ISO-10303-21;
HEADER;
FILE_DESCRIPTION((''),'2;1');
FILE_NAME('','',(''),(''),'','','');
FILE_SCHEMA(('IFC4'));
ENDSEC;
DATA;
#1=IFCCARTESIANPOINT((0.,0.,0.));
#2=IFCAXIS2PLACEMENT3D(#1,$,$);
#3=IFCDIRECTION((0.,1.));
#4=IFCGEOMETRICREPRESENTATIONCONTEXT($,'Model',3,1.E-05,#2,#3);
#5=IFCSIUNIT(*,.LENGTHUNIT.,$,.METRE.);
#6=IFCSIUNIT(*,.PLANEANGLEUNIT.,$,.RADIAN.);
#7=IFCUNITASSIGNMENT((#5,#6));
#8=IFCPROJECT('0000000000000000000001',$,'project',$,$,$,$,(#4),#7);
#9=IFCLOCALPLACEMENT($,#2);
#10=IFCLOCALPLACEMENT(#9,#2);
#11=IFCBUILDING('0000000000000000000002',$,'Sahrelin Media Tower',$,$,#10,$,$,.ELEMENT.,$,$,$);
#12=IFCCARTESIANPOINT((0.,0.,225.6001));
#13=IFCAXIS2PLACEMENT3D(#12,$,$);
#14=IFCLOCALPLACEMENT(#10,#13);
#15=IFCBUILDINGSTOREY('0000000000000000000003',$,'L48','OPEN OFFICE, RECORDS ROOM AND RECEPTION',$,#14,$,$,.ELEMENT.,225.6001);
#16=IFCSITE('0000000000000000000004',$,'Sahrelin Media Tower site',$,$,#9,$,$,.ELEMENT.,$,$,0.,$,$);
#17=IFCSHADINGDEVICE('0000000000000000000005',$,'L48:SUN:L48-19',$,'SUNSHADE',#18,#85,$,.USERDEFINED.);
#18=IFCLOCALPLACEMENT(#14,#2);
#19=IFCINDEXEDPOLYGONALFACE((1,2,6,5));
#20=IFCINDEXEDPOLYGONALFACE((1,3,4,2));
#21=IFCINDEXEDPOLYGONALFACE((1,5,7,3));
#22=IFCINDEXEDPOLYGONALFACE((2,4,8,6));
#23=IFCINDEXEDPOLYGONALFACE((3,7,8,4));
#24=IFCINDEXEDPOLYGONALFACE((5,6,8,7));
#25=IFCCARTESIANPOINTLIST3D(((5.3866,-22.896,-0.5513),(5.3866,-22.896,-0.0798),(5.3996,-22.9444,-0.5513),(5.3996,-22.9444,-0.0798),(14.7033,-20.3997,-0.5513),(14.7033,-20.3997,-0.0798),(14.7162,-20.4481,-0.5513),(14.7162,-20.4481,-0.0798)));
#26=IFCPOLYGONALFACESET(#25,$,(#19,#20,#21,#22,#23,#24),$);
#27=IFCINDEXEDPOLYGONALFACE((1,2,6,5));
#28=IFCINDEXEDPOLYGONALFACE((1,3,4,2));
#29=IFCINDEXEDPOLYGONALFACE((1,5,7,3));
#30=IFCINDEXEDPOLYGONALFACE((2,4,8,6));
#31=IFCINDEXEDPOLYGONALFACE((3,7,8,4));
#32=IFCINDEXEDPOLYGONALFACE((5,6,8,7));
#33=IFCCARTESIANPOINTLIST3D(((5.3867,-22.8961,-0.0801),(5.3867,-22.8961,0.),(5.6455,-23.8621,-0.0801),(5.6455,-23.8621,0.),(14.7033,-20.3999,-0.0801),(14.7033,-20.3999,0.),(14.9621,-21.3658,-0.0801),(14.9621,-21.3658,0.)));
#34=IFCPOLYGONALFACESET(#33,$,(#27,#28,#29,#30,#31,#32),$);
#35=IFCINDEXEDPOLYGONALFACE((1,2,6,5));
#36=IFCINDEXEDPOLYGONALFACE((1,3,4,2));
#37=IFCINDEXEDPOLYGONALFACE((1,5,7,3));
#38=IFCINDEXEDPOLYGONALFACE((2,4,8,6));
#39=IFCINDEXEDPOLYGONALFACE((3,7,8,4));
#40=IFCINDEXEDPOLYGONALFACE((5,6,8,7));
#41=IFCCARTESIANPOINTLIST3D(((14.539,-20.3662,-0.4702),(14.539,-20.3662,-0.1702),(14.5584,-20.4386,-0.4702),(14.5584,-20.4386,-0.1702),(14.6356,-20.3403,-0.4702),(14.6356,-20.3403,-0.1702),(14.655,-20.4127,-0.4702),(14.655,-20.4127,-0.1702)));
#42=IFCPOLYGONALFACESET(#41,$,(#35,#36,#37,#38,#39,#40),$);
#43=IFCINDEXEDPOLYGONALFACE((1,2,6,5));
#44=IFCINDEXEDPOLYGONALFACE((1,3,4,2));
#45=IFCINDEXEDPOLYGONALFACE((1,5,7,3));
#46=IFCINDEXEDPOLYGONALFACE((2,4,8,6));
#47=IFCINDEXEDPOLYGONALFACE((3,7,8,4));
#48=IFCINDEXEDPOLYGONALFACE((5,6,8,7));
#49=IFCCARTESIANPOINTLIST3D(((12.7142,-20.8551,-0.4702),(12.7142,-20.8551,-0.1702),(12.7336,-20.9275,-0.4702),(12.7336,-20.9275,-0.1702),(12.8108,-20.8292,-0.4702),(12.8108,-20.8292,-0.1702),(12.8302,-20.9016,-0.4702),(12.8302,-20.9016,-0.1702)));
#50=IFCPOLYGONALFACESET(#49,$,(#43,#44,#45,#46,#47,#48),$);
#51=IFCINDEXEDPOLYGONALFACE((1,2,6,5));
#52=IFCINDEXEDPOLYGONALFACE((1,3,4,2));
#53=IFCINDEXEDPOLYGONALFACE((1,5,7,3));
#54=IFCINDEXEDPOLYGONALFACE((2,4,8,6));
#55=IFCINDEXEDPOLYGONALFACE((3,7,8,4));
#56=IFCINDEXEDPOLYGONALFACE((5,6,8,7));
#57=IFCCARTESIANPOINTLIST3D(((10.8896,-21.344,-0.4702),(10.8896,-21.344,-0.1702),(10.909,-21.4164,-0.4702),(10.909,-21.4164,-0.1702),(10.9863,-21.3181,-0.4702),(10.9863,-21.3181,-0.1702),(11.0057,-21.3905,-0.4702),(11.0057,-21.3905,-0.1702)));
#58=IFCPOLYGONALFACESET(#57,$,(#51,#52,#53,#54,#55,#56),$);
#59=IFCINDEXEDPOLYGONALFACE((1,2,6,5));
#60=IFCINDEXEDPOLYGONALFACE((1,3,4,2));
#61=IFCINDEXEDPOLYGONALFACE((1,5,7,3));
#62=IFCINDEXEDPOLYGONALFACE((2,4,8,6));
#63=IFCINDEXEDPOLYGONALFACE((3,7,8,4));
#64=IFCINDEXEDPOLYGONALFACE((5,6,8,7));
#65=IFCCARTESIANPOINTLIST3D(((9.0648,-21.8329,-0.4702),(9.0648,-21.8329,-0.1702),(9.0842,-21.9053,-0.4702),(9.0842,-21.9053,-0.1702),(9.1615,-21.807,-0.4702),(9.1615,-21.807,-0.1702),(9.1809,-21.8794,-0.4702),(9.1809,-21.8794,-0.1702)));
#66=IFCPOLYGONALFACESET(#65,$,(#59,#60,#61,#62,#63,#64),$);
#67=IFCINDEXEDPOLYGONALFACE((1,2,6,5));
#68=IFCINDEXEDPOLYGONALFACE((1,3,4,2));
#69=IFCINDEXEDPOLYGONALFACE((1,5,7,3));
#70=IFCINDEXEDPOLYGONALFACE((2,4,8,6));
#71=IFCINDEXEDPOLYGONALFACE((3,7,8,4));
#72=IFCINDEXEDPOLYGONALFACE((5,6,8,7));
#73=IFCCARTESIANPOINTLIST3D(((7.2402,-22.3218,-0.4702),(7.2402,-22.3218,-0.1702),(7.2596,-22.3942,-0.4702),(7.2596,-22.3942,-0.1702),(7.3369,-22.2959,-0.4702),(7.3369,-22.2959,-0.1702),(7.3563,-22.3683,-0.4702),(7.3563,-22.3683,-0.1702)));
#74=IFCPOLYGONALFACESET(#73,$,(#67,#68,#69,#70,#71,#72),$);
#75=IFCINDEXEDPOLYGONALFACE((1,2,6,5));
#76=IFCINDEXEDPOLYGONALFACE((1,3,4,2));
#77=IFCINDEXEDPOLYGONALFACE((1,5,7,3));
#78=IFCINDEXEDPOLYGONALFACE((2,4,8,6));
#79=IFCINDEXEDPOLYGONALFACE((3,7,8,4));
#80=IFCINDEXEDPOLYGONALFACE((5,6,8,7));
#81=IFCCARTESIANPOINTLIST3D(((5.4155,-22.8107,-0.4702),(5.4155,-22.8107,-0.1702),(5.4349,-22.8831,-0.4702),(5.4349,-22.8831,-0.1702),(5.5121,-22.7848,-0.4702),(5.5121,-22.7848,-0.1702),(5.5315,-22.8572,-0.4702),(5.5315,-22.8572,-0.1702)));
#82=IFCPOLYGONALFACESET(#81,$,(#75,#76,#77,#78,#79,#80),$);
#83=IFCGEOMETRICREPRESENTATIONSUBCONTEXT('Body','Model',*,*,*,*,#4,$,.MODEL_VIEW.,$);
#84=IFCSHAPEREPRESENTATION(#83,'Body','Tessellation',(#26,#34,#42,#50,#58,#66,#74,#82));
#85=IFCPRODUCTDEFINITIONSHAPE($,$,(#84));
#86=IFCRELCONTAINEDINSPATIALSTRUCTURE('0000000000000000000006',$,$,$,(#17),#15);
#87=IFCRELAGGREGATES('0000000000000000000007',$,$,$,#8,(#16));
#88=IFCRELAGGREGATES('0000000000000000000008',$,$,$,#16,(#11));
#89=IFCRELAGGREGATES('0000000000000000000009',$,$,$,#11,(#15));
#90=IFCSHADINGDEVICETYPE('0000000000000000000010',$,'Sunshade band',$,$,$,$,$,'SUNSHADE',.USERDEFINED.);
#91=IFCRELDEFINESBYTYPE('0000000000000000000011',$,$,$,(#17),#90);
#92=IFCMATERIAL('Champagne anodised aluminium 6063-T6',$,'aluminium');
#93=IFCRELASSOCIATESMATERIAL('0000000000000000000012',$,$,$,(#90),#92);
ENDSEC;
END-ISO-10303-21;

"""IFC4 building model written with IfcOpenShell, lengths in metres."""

from ifc_helpers import new_model, si_unit, direction, frame, origin, origin_2d, place, context, subcontext, project, spatial, rectangle, extrude, material, type_object, element, save


model = new_model("IFC4")

# Units and contexts
model_context = context("Model", 3, precision=1e-05, world=origin(), true_north=direction((0.0, 1.0)))
body_context = subcontext(model_context, "Body", "Model", "MODEL_VIEW")
ifc_project = project(units=[si_unit("LENGTHUNIT", "METRE"), si_unit("PLANEANGLEUNIT", "RADIAN")], contexts=[model_context])

# Site, building, storey
site_placement = place(None, origin())
site = spatial("IfcSite", under=ifc_project, at=site_placement, Name="Sahrelin Media Tower site", CompositionType="ELEMENT", RefElevation=0.0)
building_placement = place(site_placement, origin())
building = spatial("IfcBuilding", under=site, at=building_placement, Name="Sahrelin Media Tower", CompositionType="ELEMENT")
storey_placement = place(building_placement, frame((0.0, 0.0, 225.6001)))
storey = spatial("IfcBuildingStorey", under=building, at=storey_placement, Name="L48", Description="OPEN OFFICE, RECORDS ROOM AND RECEPTION", CompositionType="ELEMENT", Elevation=225.6001)

# Shared definitions
ifc_material_1 = material(Name="Champagne anodised aluminium 6063-T6", Category="aluminium")

# Shading device
placement = place(storey_placement, frame((10.0398, -21.6287, 0.0), z_axis=(0.0, 0.0, 1.0), x_axis=(-0.965929, -0.258808, 0.0)))
shading_device_type_1 = type_object("IfcShadingDeviceType", Name="Sunshade band", ElementType="SUNSHADE", PredefinedType="USERDEFINED", material=ifc_material_1)
element("IfcShadingDevice", 1, at=placement, inside=storey, type_object=shading_device_type_1, Name="L48:SUN:L48-19", ObjectType="SUNSHADE", PredefinedType="USERDEFINED", context=body_context, shape_type="SweptSolid", body=[
    extrude(rectangle(XDim=9.6453, YDim=0.05, at=origin_2d()), frame((0.0, 0.0449, -0.5513)), (0.0, 0.0, 1.0), 0.4714),
    extrude(rectangle(XDim=9.6453, YDim=1.0, at=origin_2d()), frame((0.0, 0.52, -0.0801)), (0.0, 0.0, 1.0), 0.0801),
    extrude(rectangle(XDim=0.1001, YDim=0.075, at=origin_2d()), frame((-4.7227, -0.0176, -0.4702)), (0.0, 0.0, 1.0), 0.3),
    extrude(rectangle(XDim=0.1001, YDim=0.075, at=origin_2d()), frame((-2.8335, -0.0176, -0.4702)), (0.0, 0.0, 1.0), 0.3),
    extrude(rectangle(XDim=0.1001, YDim=0.075, at=origin_2d()), frame((-0.9446, -0.0176, -0.4702)), (0.0, 0.0, 1.0), 0.3),
    extrude(rectangle(XDim=0.1001, YDim=0.075, at=origin_2d()), frame((0.9446, -0.0176, -0.4702)), (0.0, 0.0, 1.0), 0.3),
    extrude(rectangle(XDim=0.1001, YDim=0.075, at=origin_2d()), frame((2.8335, -0.0176, -0.4702)), (0.0, 0.0, 1.0), 0.3),
    extrude(rectangle(XDim=0.1001, YDim=0.075, at=origin_2d()), frame((4.7227, -0.0176, -0.4702)), (0.0, 0.0, 1.0), 0.3),
])

save(model, "model.ifc")
